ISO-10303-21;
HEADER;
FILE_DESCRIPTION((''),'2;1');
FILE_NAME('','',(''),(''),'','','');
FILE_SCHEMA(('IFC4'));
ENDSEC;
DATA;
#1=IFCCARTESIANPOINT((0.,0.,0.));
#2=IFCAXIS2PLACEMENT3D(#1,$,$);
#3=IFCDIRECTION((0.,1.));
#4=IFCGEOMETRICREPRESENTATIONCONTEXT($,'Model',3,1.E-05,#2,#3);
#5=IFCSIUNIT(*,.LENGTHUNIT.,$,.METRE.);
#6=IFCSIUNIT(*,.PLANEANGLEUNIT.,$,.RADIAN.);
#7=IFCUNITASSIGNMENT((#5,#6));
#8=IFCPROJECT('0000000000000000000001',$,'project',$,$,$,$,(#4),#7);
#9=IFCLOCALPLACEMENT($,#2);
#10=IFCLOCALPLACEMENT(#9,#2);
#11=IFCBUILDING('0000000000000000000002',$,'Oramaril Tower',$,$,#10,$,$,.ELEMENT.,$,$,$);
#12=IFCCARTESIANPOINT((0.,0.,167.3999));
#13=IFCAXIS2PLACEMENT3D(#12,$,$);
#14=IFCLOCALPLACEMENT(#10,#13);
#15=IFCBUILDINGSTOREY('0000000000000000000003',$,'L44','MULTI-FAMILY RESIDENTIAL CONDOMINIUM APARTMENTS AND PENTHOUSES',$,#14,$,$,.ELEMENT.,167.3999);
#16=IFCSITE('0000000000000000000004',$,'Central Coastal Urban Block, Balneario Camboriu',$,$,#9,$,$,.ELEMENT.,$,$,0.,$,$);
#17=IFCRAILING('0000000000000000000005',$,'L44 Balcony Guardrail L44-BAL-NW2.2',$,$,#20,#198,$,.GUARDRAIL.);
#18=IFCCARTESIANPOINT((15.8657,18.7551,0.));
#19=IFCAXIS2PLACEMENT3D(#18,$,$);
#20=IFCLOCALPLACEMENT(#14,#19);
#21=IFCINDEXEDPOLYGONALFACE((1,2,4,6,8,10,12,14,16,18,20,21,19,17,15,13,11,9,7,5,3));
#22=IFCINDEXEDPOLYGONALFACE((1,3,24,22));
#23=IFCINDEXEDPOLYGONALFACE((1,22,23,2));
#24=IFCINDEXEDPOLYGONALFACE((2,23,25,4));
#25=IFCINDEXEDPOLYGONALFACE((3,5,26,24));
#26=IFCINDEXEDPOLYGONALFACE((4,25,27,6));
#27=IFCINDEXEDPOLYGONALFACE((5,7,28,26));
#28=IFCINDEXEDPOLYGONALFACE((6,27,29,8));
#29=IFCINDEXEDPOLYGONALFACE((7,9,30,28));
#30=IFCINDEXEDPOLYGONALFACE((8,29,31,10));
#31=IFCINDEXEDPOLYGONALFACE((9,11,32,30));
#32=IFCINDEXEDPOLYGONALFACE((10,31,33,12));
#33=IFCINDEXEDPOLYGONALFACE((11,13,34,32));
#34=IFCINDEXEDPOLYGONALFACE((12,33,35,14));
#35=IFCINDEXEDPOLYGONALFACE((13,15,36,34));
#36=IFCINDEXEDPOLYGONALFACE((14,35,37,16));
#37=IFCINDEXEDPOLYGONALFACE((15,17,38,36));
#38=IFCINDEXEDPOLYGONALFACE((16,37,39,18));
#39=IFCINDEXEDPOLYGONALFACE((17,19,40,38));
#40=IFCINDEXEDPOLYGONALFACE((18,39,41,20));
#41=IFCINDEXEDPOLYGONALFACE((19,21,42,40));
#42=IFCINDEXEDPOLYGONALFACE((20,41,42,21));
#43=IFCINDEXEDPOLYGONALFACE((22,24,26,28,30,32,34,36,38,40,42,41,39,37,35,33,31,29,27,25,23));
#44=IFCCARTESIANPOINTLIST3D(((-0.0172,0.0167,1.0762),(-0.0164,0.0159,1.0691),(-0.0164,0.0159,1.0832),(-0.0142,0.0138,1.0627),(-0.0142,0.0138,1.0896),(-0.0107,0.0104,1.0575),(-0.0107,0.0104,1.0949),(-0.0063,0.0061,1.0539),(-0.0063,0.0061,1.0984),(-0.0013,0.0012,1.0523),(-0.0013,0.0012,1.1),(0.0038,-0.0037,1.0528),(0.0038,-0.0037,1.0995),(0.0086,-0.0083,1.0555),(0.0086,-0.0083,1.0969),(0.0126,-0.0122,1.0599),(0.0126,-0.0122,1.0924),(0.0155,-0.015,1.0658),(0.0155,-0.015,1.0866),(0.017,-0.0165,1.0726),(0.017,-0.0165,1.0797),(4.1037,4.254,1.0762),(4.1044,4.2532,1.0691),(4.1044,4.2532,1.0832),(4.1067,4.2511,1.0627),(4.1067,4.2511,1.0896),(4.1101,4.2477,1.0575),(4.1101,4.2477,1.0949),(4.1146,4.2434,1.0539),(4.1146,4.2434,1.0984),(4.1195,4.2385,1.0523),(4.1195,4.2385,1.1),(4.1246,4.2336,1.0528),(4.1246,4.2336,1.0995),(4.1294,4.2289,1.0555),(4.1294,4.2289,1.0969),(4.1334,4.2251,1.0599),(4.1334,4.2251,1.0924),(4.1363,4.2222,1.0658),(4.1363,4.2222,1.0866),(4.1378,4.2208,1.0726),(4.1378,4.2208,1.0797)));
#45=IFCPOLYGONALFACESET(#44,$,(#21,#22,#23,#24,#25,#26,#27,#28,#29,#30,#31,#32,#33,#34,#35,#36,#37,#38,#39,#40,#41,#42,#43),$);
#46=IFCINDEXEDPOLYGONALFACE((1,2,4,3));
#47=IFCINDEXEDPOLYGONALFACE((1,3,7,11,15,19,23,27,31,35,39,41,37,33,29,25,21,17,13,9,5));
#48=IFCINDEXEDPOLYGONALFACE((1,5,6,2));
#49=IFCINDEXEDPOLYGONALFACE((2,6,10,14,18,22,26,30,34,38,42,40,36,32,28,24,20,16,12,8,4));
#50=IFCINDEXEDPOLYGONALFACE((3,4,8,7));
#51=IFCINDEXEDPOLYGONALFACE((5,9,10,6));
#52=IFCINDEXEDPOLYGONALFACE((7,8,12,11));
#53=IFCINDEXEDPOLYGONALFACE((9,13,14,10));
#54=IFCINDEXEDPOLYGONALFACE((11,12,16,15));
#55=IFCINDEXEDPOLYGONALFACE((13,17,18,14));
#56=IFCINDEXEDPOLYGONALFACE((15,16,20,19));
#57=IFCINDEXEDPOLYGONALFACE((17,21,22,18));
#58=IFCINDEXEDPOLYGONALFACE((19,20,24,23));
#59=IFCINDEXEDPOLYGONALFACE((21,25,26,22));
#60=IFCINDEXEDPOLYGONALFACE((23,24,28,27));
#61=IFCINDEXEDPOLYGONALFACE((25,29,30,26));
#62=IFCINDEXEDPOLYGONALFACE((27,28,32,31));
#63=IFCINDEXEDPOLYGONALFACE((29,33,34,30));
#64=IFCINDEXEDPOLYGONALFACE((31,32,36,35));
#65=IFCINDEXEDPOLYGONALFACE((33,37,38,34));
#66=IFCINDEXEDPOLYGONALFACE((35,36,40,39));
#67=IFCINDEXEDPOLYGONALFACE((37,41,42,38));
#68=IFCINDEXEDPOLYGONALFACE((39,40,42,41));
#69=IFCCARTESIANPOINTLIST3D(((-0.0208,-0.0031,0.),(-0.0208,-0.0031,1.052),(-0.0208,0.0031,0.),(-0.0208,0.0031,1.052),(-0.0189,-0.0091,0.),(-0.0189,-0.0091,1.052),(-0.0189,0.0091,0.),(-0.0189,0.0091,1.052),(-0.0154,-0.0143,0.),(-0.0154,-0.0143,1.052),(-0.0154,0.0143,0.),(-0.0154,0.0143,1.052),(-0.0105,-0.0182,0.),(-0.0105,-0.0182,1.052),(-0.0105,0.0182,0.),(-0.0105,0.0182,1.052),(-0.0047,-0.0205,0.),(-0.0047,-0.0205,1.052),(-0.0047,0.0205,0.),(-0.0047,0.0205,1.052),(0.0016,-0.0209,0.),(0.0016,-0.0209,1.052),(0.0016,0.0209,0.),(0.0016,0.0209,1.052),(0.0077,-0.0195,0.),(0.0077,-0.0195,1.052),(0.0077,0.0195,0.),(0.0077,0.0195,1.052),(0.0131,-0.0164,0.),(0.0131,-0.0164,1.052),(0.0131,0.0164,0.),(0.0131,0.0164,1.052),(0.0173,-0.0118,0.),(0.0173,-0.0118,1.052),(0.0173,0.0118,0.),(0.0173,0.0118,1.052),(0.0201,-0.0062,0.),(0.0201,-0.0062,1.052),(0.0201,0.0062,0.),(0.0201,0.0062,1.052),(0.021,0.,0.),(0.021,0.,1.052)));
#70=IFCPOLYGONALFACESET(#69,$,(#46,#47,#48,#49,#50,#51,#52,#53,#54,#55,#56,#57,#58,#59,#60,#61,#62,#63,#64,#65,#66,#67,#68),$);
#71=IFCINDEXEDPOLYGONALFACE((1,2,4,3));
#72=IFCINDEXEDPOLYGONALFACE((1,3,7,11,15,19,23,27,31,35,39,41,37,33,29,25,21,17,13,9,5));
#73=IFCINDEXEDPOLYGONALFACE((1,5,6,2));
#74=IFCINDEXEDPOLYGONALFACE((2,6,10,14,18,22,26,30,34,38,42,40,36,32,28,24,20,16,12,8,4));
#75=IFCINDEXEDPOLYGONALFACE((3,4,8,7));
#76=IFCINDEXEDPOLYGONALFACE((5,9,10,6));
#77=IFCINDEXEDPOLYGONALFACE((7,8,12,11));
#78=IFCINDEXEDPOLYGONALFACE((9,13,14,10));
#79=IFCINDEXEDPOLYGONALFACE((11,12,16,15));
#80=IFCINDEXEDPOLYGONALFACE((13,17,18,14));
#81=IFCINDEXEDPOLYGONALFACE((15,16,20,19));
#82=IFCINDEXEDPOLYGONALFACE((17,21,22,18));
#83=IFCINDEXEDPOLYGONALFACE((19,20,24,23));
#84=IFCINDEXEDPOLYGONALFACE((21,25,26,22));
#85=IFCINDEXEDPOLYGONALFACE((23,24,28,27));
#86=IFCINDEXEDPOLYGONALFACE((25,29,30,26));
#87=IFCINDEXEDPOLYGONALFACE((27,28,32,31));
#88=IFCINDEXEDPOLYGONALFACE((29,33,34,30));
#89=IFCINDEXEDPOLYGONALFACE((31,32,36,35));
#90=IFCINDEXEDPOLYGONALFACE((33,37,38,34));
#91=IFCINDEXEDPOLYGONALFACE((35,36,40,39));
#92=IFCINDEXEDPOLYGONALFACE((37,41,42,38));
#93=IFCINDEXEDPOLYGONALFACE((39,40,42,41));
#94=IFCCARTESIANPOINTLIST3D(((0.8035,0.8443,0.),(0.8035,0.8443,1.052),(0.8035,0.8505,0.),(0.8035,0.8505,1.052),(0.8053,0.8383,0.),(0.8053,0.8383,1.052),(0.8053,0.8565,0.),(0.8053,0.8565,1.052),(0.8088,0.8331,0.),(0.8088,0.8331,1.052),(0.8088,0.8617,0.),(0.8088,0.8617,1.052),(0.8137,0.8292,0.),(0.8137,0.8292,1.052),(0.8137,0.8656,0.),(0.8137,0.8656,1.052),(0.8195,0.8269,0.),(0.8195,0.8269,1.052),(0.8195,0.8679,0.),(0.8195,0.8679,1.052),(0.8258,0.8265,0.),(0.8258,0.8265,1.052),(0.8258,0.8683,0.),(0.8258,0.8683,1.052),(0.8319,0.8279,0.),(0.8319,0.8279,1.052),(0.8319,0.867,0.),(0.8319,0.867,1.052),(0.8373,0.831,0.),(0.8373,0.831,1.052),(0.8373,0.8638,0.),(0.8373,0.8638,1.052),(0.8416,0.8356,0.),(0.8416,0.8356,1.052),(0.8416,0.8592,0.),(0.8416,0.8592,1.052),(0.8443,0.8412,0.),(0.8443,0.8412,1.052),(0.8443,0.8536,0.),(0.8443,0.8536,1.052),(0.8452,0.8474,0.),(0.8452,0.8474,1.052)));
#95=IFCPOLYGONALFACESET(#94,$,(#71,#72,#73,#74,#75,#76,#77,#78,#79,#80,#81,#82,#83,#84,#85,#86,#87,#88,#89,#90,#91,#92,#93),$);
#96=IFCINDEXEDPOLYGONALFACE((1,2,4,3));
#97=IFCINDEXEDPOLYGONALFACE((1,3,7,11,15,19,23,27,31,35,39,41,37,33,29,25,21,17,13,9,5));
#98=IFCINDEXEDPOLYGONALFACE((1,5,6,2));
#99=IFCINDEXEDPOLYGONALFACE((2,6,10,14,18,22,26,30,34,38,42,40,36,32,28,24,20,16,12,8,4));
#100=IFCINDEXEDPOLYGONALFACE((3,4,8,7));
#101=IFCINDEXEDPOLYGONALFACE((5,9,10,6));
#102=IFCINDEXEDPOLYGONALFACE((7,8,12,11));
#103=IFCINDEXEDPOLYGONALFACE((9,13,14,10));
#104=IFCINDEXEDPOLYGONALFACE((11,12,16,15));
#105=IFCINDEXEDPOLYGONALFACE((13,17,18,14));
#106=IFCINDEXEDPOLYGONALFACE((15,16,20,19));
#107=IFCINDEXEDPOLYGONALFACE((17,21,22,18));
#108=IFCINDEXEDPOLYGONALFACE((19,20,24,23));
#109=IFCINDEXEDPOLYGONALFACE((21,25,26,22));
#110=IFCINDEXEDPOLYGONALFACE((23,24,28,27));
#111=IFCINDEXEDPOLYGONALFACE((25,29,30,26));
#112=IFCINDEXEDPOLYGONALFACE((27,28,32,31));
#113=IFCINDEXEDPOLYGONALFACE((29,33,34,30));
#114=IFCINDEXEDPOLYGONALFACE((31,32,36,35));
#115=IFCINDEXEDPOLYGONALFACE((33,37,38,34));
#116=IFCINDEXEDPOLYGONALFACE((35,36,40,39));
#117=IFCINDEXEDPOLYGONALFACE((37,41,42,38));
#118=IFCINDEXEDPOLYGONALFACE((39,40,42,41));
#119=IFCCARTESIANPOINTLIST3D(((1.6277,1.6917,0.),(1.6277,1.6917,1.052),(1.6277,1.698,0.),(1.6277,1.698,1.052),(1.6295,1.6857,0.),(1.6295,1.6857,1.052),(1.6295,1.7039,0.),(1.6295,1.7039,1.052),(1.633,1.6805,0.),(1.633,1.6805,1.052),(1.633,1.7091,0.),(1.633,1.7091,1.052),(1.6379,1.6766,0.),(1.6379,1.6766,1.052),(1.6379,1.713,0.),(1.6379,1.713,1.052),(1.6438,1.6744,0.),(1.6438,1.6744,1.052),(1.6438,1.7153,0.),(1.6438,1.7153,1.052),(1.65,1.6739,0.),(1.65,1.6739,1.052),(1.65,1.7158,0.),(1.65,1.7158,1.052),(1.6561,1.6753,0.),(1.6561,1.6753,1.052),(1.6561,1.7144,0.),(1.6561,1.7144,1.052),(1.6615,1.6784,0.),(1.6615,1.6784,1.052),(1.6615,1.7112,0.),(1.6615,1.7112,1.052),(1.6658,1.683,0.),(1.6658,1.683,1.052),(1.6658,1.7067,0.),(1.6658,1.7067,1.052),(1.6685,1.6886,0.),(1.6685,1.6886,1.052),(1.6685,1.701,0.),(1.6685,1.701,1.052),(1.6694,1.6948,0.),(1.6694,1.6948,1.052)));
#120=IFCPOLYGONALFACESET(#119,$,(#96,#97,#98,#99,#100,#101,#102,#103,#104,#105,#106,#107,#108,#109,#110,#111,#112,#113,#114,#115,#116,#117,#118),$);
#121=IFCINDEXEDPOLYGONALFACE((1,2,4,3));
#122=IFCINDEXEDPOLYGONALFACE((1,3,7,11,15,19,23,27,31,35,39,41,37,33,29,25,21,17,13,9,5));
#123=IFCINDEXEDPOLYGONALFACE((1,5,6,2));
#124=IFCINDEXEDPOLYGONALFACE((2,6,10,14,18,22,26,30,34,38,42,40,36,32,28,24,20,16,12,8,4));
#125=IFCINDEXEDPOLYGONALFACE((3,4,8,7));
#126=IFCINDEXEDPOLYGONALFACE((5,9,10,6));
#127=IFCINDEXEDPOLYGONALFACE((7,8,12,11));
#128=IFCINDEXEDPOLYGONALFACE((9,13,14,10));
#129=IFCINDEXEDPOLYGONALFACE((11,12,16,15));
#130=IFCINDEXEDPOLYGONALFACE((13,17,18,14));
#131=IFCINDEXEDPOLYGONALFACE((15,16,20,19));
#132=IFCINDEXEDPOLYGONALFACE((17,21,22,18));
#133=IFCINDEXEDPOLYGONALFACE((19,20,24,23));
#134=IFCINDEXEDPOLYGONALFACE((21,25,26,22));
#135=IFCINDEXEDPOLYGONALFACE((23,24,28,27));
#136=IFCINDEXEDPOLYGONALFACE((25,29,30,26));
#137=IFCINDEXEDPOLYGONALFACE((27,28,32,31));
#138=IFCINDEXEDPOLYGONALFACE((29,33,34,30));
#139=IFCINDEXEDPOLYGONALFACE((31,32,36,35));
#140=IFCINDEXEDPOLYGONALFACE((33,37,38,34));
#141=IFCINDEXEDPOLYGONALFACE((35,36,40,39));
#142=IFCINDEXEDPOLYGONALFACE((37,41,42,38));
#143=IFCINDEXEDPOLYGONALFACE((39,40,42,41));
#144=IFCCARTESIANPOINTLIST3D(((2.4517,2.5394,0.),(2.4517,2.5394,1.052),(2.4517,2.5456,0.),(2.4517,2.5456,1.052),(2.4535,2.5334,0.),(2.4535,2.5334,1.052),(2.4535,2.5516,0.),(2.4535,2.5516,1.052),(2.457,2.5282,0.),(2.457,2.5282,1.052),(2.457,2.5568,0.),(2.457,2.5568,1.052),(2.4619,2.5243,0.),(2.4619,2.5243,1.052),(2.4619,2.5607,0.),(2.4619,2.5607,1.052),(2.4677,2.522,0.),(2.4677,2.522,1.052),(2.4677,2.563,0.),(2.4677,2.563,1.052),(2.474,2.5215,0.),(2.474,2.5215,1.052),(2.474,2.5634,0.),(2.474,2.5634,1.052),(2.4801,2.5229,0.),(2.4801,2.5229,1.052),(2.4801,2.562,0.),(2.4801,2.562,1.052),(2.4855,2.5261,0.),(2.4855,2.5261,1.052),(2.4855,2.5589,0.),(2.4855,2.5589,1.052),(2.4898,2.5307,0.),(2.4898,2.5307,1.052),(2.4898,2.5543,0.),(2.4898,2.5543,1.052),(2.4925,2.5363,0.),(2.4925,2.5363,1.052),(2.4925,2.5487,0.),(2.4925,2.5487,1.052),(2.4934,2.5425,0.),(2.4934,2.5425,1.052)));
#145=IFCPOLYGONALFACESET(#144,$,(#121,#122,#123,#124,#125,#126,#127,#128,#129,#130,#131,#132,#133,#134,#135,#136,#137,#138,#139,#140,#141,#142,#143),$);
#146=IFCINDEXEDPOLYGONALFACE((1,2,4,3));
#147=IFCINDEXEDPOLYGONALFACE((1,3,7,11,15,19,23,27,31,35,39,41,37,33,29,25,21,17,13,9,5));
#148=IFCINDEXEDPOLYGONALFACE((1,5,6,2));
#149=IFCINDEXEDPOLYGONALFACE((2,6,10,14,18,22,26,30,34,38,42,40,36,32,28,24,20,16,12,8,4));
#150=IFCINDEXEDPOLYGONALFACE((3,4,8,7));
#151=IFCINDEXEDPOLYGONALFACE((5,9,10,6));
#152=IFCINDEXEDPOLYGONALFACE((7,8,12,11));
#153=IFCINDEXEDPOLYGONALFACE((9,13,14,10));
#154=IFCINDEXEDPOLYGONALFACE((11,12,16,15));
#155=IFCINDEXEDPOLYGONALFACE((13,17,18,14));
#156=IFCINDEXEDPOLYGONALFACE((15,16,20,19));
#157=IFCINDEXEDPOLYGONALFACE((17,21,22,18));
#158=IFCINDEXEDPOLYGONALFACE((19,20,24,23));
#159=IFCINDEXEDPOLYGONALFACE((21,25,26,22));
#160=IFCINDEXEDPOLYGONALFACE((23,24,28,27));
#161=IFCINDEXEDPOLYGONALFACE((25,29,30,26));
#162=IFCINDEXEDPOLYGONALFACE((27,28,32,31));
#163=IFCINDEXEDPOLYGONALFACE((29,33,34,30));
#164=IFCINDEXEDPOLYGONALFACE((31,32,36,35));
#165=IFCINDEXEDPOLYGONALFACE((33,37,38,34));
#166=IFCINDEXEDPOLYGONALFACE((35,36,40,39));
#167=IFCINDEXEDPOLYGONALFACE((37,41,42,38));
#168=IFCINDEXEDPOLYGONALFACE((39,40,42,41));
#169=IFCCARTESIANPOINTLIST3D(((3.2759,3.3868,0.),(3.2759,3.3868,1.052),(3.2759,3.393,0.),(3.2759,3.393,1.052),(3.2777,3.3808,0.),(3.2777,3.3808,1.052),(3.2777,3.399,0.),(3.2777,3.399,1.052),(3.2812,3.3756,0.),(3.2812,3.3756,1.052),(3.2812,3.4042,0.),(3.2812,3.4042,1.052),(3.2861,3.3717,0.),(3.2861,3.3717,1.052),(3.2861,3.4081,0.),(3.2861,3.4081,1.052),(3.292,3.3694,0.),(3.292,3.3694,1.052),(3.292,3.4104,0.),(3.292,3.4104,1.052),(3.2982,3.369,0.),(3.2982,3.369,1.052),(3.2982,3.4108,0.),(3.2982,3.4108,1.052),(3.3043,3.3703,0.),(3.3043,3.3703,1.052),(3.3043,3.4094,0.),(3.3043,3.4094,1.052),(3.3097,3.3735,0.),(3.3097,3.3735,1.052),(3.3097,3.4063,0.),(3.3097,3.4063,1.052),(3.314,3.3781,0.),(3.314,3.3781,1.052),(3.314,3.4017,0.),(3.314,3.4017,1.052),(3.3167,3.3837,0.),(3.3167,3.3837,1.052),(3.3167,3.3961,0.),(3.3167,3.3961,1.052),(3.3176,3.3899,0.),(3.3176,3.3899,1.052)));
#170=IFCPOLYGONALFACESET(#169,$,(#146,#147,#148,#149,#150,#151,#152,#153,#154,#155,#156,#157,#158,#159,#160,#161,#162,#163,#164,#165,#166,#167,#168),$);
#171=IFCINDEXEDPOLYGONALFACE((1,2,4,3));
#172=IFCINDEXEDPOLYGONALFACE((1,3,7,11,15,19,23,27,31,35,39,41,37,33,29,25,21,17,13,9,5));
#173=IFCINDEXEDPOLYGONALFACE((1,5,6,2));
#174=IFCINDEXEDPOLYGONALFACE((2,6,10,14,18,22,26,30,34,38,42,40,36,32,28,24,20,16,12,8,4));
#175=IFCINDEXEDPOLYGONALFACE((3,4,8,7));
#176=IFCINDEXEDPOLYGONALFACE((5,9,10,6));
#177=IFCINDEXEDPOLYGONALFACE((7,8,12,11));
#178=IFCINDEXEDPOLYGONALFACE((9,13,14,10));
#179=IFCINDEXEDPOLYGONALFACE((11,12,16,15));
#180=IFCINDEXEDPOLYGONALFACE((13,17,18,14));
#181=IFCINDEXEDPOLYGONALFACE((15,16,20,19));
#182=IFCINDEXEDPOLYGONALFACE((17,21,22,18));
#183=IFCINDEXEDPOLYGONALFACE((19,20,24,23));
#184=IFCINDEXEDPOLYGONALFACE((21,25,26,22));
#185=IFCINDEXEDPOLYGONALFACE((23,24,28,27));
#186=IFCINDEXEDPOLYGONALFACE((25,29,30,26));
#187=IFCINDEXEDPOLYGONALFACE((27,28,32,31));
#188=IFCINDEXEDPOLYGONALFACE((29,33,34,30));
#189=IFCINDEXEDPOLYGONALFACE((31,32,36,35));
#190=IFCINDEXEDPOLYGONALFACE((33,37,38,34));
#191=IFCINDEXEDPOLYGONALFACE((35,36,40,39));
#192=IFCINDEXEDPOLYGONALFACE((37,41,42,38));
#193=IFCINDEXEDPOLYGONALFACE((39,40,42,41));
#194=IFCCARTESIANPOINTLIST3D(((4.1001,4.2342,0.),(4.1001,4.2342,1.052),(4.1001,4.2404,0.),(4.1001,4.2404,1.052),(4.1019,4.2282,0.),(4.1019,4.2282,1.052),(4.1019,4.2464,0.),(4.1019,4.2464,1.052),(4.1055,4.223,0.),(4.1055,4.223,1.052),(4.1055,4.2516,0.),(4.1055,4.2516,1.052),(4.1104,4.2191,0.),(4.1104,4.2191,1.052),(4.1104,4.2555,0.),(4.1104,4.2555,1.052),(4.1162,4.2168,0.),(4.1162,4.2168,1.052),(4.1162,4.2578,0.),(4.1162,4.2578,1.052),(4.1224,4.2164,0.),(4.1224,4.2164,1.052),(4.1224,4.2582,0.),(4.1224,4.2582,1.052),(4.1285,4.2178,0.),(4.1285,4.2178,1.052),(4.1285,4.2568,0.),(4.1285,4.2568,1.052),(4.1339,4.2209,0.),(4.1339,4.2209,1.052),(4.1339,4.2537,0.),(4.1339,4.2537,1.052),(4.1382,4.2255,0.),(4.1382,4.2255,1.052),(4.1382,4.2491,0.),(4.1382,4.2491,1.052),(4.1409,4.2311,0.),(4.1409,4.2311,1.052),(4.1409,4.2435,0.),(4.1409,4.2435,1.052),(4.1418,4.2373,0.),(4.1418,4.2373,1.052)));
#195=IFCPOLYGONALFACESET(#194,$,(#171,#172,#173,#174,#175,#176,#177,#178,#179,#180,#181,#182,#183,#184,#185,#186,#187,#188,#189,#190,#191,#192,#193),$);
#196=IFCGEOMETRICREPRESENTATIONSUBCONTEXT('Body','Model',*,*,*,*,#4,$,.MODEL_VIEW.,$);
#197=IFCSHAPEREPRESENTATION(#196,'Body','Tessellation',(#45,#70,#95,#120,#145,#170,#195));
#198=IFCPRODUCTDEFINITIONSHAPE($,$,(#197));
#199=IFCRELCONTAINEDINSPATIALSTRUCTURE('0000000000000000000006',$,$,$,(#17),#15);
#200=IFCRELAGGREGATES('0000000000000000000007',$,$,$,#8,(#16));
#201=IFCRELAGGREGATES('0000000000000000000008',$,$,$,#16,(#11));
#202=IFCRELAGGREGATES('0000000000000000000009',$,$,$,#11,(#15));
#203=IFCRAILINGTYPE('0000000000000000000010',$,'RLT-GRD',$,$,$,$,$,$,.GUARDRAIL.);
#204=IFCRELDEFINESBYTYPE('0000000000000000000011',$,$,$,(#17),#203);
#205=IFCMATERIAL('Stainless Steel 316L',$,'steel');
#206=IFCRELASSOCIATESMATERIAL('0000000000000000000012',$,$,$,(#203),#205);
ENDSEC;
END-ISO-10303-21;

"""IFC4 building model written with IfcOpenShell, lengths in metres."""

from ifc_helpers import new_model, si_unit, direction, frame, origin, origin_2d, place, context, subcontext, project, spatial, circle, extrude, material, type_object, element, save


model = new_model("IFC4")

# Units and contexts
model_context = context("Model", 3, precision=1e-05, world=origin(), true_north=direction((0.0, 1.0)))
body_context = subcontext(model_context, "Body", "Model", "MODEL_VIEW")
ifc_project = project(units=[si_unit("LENGTHUNIT", "METRE"), si_unit("PLANEANGLEUNIT", "RADIAN")], contexts=[model_context])

# Site, building, storey
site_placement = place(None, origin())
site = spatial("IfcSite", under=ifc_project, at=site_placement, Name="Central Coastal Urban Block, Balneario Camboriu", CompositionType="ELEMENT", RefElevation=0.0)
building_placement = place(site_placement, origin())
building = spatial("IfcBuilding", under=site, at=building_placement, Name="Oramaril Tower", CompositionType="ELEMENT")
storey_placement = place(building_placement, frame((0.0, 0.0, 167.3999)))
storey = spatial("IfcBuildingStorey", under=building, at=storey_placement, Name="L44", Description="MULTI-FAMILY RESIDENTIAL CONDOMINIUM APARTMENTS AND PENTHOUSES", CompositionType="ELEMENT", Elevation=167.3999)

# Railing
ifc_material_1 = material(Name="Stainless Steel 316L", Category="steel")
railing_type = type_object("IfcRailingType", Name="RLT-GRD", PredefinedType="GUARDRAIL", material=ifc_material_1)
railing_1_placement = place(storey_placement, frame((15.8657, 18.7551, 0.0)))
element("IfcRailing", 1, at=railing_1_placement, inside=storey, type_object=railing_type, Name="L44 Balcony Guardrail L44-BAL-NW2.2", PredefinedType="GUARDRAIL", context=body_context, shape_type="SweptSolid", body=[
    extrude(circle(Radius=0.0239, at=origin_2d()), frame((0.0, 0.0, 1.0762), z_axis=(0.697187, 0.716889, 0.0), x_axis=(-0.716889, 0.697187, 0.0)), (0.0, 0.0, 1.0), 5.9106),
    extrude(circle(Radius=0.021, at=origin_2d()), origin(), (0.0, 0.0, 1.0), 1.052),
    extrude(circle(Radius=0.021, at=origin_2d()), frame((0.8242, 0.8474, 0.0)), (0.0, 0.0, 1.0), 1.052),
    extrude(circle(Radius=0.021, at=origin_2d()), frame((1.6484, 1.6948, 0.0)), (0.0, 0.0, 1.0), 1.052),
    extrude(circle(Radius=0.021, at=origin_2d()), frame((2.4724, 2.5425, 0.0)), (0.0, 0.0, 1.0), 1.052),
    extrude(circle(Radius=0.021, at=origin_2d()), frame((3.2966, 3.3899, 0.0)), (0.0, 0.0, 1.0), 1.052),
    extrude(circle(Radius=0.021, at=origin_2d()), frame((4.1208, 4.2373, 0.0)), (0.0, 0.0, 1.0), 1.052),
])

save(model, "model.ifc")
